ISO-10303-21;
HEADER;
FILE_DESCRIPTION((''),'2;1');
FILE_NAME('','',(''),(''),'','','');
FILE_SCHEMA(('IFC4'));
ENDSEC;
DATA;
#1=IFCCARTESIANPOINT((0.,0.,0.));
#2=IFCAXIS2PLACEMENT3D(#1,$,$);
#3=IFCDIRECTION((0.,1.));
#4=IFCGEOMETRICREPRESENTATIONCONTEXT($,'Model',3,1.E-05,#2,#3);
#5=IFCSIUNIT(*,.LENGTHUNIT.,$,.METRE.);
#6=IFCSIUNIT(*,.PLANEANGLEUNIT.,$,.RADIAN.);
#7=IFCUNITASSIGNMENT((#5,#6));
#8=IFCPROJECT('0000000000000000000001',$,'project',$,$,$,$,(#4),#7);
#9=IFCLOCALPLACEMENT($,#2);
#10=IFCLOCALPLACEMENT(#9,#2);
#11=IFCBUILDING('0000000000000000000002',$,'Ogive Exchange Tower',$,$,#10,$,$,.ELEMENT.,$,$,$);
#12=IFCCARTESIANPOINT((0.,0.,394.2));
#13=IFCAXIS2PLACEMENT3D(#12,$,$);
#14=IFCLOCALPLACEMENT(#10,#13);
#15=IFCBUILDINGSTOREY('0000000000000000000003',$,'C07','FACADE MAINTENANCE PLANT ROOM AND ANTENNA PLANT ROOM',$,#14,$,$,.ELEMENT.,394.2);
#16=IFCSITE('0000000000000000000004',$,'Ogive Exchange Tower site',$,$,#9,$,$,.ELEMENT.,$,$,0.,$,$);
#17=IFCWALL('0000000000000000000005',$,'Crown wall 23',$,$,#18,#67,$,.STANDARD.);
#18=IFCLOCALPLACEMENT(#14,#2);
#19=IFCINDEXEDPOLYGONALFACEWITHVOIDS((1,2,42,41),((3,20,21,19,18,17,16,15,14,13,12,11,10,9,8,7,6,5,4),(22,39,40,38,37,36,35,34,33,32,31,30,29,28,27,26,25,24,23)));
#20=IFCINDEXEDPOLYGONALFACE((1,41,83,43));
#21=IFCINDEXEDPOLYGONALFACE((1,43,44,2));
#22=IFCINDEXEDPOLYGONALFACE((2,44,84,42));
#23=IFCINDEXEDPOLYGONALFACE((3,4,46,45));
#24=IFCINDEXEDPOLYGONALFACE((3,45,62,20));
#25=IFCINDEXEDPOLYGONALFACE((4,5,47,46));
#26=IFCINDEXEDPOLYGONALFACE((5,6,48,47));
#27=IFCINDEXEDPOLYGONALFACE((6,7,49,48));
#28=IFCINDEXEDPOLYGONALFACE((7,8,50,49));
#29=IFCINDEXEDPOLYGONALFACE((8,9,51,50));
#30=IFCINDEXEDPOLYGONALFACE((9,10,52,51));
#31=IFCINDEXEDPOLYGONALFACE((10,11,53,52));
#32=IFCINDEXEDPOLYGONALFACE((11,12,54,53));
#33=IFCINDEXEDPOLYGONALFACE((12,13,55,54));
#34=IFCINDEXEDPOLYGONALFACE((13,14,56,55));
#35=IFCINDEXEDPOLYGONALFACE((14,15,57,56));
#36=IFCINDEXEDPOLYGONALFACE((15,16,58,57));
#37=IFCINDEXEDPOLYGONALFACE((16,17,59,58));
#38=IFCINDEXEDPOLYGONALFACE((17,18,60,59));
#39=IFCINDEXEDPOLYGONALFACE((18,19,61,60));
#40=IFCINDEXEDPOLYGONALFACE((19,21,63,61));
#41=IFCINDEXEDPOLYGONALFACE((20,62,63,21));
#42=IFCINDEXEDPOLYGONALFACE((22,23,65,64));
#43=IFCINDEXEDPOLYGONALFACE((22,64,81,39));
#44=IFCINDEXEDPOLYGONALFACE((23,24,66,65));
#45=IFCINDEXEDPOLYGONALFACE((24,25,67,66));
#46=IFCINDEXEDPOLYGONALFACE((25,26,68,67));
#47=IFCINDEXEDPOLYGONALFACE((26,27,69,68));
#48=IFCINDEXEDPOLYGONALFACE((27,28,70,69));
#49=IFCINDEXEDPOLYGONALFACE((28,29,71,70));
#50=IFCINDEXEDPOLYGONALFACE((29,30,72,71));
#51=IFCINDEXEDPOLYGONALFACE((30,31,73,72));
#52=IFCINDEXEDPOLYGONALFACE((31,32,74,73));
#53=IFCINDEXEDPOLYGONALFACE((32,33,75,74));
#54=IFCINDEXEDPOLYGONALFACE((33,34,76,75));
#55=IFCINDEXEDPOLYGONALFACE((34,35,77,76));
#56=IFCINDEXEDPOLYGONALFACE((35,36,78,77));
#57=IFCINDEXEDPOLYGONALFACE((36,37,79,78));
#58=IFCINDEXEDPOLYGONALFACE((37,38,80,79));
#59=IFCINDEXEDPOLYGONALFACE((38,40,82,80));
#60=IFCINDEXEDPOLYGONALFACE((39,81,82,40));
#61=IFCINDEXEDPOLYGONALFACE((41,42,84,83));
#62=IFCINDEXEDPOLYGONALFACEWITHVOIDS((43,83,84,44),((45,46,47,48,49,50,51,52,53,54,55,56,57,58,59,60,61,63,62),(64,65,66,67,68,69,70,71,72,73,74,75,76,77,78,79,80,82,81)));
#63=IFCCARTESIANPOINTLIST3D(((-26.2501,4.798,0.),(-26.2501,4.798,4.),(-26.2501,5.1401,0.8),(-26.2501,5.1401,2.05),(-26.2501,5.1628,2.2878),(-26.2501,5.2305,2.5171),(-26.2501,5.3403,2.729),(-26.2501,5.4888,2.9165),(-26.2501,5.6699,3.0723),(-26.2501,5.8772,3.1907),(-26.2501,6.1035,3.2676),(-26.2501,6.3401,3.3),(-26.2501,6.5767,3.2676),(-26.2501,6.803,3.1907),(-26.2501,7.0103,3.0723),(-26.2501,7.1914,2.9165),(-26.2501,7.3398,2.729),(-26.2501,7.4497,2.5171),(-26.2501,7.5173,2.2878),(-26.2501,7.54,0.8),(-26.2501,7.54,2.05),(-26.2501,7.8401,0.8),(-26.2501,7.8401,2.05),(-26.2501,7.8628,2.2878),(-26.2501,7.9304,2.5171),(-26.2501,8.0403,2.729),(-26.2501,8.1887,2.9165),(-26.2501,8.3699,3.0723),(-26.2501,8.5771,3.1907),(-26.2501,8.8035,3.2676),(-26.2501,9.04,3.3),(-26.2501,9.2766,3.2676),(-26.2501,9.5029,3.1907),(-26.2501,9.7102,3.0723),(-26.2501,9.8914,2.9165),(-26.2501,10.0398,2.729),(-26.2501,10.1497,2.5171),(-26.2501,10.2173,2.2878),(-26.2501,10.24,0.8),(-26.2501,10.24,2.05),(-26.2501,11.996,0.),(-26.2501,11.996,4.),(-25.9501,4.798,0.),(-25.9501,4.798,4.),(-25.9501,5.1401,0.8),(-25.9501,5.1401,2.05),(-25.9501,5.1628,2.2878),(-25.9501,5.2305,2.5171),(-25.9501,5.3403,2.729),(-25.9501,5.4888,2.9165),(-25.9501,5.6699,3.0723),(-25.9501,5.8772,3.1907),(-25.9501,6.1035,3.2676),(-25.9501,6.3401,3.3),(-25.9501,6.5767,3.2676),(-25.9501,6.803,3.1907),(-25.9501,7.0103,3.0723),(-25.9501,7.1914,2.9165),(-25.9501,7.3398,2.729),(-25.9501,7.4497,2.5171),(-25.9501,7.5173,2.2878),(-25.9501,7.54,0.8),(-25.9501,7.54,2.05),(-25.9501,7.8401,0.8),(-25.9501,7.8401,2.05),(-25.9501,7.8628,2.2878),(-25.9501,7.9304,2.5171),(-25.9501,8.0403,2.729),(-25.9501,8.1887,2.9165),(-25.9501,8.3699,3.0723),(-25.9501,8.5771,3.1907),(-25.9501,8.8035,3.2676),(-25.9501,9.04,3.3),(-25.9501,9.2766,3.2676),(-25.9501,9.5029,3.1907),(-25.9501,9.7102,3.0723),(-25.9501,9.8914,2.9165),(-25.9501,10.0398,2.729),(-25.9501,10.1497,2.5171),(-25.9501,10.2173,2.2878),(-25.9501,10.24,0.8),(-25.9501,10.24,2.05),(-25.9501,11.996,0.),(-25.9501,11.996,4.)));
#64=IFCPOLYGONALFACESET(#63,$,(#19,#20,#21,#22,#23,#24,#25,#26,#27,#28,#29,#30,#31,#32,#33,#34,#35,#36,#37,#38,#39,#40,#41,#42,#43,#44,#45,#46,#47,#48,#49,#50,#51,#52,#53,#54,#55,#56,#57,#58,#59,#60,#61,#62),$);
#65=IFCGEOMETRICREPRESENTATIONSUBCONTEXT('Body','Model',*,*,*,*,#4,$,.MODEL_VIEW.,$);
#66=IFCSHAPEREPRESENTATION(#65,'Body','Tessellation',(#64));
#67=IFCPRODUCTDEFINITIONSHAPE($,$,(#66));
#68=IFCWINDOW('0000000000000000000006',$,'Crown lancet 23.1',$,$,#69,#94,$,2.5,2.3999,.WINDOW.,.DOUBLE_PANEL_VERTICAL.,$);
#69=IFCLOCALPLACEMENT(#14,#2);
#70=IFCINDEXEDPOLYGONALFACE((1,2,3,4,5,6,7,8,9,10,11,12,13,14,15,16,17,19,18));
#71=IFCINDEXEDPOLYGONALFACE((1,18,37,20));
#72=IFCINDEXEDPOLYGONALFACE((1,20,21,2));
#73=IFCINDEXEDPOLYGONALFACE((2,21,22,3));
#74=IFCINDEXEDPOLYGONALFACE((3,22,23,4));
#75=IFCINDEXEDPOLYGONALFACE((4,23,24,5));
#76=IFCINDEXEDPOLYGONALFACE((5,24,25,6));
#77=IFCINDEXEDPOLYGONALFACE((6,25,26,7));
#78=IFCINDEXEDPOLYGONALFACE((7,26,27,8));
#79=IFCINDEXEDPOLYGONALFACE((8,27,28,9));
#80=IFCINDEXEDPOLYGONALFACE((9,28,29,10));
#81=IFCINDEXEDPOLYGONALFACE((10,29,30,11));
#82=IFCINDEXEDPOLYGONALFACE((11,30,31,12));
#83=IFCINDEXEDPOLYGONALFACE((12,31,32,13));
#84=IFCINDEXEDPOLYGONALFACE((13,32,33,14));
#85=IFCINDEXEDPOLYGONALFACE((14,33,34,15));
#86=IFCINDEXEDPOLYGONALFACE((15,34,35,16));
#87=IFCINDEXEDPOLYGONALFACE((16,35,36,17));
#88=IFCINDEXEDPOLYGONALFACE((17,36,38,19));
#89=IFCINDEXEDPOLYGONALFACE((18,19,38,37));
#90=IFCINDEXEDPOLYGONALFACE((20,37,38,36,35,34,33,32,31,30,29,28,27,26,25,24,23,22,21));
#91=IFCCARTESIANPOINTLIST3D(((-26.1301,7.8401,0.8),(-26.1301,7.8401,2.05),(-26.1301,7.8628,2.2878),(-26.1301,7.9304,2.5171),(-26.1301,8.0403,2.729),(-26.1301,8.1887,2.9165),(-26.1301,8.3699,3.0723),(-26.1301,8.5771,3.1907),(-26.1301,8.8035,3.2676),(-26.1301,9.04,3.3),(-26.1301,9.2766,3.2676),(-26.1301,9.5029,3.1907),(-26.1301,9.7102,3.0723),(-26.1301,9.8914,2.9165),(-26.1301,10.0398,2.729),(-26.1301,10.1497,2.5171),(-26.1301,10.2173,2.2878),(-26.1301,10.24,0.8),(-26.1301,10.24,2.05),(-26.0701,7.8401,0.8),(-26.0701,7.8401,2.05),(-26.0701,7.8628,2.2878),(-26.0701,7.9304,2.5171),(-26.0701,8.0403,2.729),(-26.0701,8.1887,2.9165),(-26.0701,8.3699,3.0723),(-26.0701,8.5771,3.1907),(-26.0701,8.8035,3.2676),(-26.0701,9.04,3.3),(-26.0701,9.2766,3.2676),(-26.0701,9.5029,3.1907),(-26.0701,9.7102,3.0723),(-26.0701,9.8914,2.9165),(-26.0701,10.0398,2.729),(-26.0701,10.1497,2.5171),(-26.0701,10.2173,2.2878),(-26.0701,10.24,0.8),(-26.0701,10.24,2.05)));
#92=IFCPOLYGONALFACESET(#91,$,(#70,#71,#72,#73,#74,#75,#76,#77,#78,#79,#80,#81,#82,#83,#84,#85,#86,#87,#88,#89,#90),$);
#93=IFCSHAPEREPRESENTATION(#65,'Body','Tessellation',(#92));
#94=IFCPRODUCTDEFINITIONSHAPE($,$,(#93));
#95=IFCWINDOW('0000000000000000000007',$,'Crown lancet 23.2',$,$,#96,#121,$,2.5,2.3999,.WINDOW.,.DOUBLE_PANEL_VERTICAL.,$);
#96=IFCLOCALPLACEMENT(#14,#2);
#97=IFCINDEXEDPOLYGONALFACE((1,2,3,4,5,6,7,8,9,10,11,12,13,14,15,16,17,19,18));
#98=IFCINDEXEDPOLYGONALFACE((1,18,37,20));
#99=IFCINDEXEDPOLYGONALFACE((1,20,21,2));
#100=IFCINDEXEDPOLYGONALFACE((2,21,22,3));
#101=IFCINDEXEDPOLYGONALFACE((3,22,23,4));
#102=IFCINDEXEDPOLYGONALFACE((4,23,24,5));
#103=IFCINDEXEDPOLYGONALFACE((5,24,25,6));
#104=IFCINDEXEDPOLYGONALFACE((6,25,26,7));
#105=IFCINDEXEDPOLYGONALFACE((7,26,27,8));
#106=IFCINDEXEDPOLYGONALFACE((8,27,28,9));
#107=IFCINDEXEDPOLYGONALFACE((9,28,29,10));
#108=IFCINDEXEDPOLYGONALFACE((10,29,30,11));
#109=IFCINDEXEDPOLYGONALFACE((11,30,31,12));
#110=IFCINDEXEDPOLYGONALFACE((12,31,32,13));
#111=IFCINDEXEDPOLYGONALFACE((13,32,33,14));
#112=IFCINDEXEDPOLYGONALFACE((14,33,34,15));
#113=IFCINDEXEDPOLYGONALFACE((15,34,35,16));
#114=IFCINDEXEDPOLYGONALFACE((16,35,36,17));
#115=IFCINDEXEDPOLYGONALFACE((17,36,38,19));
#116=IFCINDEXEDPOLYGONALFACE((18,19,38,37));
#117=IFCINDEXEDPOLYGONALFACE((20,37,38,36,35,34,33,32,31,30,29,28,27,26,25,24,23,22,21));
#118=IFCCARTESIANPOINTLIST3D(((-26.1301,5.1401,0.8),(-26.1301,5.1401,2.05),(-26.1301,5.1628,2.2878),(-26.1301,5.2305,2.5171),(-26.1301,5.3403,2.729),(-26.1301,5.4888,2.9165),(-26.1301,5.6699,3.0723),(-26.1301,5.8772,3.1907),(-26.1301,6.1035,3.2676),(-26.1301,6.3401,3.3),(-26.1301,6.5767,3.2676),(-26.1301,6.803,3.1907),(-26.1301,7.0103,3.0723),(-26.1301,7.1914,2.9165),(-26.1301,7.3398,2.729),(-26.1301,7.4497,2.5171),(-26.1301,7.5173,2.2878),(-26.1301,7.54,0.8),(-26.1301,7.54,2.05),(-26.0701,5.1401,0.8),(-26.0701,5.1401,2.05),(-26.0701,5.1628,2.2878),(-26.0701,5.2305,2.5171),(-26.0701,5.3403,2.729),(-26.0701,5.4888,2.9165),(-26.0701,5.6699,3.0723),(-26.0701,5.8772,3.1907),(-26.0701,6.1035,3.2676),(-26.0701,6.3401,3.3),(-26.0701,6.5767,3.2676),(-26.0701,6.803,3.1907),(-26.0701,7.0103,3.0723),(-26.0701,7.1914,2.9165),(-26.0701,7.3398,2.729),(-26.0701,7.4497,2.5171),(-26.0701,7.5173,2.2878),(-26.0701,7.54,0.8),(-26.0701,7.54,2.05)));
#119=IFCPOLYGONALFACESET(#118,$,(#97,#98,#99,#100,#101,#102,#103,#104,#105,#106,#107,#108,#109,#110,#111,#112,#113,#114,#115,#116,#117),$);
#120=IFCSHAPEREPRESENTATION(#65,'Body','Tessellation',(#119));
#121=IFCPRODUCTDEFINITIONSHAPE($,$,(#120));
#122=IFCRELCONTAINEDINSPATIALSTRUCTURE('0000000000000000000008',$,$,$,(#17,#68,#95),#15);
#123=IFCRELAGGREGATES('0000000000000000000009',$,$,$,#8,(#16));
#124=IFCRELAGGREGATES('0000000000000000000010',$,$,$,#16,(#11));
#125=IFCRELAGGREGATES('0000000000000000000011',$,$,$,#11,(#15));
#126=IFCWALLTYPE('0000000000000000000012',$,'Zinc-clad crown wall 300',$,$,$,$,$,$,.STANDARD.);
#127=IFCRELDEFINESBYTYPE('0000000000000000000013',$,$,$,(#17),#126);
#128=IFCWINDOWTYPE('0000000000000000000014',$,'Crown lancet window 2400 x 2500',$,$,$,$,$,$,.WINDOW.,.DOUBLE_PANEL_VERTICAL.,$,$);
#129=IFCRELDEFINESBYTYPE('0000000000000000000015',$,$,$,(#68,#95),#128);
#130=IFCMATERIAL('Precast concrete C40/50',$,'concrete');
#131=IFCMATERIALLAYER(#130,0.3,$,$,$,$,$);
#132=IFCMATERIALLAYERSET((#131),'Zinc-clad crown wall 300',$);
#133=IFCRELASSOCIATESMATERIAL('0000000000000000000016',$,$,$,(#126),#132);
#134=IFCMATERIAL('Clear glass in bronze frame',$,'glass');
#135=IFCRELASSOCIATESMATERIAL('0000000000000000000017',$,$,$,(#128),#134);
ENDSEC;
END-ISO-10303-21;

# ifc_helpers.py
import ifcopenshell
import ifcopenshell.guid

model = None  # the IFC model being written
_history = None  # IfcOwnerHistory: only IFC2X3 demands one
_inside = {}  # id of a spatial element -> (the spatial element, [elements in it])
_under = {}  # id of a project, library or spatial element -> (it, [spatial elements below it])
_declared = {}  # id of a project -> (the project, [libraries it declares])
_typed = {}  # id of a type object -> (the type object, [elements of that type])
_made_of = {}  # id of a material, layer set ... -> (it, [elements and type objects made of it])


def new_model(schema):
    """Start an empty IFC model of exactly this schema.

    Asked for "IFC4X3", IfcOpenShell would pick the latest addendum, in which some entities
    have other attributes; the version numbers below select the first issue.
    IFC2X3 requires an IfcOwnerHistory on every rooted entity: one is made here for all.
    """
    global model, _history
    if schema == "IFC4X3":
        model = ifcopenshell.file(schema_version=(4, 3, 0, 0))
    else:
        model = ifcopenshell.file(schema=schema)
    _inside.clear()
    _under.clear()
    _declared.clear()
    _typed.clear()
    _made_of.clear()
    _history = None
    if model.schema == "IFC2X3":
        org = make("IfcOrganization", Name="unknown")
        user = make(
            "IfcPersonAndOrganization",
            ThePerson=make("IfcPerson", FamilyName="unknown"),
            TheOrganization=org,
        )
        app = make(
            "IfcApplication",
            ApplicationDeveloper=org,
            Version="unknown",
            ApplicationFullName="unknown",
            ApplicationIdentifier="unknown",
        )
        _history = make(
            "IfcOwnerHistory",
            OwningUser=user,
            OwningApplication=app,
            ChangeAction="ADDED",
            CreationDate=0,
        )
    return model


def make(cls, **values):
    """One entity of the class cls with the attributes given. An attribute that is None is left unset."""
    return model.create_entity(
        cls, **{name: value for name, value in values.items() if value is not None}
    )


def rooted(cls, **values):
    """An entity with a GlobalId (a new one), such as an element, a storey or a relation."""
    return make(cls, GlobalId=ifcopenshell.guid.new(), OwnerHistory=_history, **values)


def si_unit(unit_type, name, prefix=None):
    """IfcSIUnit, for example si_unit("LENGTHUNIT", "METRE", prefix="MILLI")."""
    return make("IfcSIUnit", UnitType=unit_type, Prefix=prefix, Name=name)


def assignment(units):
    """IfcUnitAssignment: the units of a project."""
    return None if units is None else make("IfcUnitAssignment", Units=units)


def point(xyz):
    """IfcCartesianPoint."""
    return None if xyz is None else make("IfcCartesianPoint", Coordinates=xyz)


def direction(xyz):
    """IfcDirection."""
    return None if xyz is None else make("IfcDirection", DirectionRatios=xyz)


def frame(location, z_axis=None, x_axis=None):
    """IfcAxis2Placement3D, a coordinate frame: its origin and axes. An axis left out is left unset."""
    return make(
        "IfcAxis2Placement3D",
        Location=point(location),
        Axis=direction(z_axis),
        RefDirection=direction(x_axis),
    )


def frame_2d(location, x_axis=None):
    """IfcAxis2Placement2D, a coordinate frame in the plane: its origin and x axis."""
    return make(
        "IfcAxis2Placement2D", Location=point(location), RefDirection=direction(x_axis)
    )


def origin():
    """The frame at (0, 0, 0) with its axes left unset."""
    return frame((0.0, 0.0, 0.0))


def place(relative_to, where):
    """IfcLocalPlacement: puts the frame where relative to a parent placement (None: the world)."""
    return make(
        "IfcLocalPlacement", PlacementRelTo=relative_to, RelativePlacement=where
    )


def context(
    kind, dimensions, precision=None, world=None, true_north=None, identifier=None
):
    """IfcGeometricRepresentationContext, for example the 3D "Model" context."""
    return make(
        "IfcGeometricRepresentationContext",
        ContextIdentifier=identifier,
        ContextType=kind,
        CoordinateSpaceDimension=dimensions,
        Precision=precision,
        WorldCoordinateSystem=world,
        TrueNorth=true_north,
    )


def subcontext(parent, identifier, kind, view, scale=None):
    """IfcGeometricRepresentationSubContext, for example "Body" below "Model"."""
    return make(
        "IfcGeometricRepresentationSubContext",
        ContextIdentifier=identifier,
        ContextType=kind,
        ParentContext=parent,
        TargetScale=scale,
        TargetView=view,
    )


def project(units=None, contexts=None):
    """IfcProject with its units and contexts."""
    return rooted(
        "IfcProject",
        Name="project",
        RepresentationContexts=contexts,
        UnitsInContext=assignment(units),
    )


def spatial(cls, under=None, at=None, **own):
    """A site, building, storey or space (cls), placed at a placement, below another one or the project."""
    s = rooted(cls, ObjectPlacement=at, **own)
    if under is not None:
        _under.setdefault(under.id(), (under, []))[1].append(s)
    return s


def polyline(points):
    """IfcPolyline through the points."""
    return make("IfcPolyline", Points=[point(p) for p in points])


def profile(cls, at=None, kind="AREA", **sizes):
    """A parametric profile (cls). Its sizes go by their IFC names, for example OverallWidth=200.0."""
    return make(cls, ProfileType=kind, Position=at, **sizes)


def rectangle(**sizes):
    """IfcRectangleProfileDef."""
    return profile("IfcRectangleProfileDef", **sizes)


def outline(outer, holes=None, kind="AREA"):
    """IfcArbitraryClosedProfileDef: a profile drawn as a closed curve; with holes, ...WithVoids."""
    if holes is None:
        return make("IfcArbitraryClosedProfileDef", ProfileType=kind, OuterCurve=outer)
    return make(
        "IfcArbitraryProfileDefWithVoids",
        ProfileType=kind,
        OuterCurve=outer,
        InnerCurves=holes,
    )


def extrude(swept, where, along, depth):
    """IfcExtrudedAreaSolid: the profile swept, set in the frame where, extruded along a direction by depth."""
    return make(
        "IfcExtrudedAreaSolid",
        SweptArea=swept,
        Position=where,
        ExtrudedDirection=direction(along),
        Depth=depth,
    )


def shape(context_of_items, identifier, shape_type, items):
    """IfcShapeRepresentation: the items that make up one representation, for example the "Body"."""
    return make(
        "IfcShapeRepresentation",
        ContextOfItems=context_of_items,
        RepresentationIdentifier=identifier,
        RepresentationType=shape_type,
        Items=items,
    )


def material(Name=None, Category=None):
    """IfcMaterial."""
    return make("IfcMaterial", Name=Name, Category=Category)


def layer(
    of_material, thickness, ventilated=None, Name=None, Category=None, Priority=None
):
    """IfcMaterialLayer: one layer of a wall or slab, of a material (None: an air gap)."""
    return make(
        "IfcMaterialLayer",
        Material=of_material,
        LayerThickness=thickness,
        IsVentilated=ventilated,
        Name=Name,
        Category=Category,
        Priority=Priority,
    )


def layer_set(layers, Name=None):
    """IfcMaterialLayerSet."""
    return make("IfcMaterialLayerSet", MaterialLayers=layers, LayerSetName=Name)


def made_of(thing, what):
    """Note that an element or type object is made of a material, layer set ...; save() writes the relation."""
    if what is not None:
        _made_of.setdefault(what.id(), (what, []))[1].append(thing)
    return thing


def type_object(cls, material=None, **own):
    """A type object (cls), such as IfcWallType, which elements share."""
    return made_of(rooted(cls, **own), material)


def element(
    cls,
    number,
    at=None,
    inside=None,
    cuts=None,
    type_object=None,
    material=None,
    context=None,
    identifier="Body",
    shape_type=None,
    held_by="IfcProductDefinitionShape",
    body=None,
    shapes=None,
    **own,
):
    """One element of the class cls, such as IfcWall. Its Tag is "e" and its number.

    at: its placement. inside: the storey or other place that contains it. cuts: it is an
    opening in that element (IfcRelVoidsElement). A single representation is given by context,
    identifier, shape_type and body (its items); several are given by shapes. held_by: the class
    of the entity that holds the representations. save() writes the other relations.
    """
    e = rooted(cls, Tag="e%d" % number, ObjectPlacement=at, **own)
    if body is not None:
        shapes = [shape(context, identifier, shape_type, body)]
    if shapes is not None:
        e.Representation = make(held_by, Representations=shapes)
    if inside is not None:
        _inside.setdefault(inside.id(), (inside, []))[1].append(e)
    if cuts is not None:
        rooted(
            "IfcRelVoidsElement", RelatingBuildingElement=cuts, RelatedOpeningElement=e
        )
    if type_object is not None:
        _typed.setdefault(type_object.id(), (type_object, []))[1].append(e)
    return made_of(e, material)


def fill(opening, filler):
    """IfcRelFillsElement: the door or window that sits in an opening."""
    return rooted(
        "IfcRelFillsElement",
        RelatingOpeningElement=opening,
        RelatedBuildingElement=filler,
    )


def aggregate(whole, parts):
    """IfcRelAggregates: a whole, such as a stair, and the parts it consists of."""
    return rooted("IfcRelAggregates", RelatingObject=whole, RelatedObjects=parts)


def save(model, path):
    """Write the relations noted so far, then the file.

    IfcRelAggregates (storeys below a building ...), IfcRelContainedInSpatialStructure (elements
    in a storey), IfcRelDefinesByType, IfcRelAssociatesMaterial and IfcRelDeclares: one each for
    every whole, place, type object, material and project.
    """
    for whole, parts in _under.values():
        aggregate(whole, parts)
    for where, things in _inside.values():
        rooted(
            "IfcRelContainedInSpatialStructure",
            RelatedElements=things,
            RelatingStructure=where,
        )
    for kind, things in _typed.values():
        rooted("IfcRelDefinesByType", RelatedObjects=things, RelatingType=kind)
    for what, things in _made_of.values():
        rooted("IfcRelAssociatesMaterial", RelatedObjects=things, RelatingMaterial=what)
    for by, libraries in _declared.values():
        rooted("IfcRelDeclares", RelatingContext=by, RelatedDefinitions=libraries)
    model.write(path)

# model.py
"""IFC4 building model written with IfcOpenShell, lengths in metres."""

from ifc_helpers import new_model, si_unit, direction, frame, frame_2d, origin, place, context, subcontext, project, spatial, polyline, rectangle, outline, extrude, material, layer, layer_set, type_object, element, fill, save


model = new_model("IFC4")

# Units and contexts
model_context = context("Model", 3, precision=1e-05, world=origin(), true_north=direction((0.0, 1.0)))
body_context = subcontext(model_context, "Body", "Model", "MODEL_VIEW")
ifc_project = project(units=[si_unit("LENGTHUNIT", "METRE"), si_unit("PLANEANGLEUNIT", "RADIAN")], contexts=[model_context])

# Site, building, storey
site_placement = place(None, origin())
site = spatial("IfcSite", under=ifc_project, at=site_placement, Name="Ogive Exchange Tower site", CompositionType="ELEMENT", RefElevation=0.0)
building_placement = place(site_placement, origin())
building = spatial("IfcBuilding", under=site, at=building_placement, Name="Ogive Exchange Tower", CompositionType="ELEMENT")
storey_placement = place(building_placement, frame((0.0, 0.0, 394.2)))
storey = spatial("IfcBuildingStorey", under=building, at=storey_placement, Name="C07", Description="FACADE MAINTENANCE PLANT ROOM AND ANTENNA PLANT ROOM", CompositionType="ELEMENT", Elevation=394.2)

# Shared definitions
ifc_material_1 = material(Name="Precast concrete C40/50", Category="concrete")
ifc_layer = layer(ifc_material_1, 0.3)
ifc_layer_set = layer_set([ifc_layer], Name="Zinc-clad crown wall 300")
wall_type = type_object("IfcWallType", Name="Zinc-clad crown wall 300", PredefinedType="STANDARD", material=ifc_layer_set)
ifc_material_2 = material(Name="Clear glass in bronze frame", Category="glass")
window_type_1 = type_object("IfcWindowType", Name="Crown lancet window 2400 x 2500", PartitioningType="DOUBLE_PANEL_VERTICAL", PredefinedType="WINDOW", material=ifc_material_2)

# Wall, openings, windows
wall_1_placement = place(storey_placement, frame((-26.1001, 11.9961, 0.0), z_axis=(0.0, 0.0, 1.0), x_axis=(0.0, -1.0, 0.0)))
wall_1 = element("IfcWall", 1, at=wall_1_placement, inside=storey, type_object=wall_type, Name="Crown wall 23", PredefinedType="STANDARD", context=body_context, shape_type="SweptSolid", body=[
    extrude(rectangle(XDim=7.198, YDim=0.3, at=frame_2d((3.5991, 0.0))), origin(), (0.0, 0.0, 1.0), 4.0),
])
opening_1_placement = place(wall_1_placement, frame((1.7561, 0.0, 0.8)))
opening_1 = element("IfcOpeningElement", 2, at=opening_1_placement, cuts=wall_1, PredefinedType="OPENING", context=body_context, shape_type="SweptSolid", body=[
    extrude(outline(polyline([(0.0, 0.0), (2.3999, 0.0), (2.3999, 1.25), (2.3772, 1.4878), (2.3096, 1.717), (2.1997, 1.929), (2.0513, 2.1165), (1.8701, 2.2722), (1.6628, 2.3906), (1.4365, 2.4675), (1.2, 2.5), (0.9634, 2.4675), (0.7371, 2.3906), (0.5298, 2.2722), (0.3486, 2.1165), (0.2002, 1.929), (0.0903, 1.717), (0.0227, 1.4878), (0.0, 1.25), (0.0, 0.0)])), frame((0.0, 0.1599, 0.0), z_axis=(0.0, -1.0, 0.0), x_axis=(1.0, 0.0, 0.0)), (0.0, 0.0, 1.0), 0.3201),
])
opening_2_placement = place(wall_1_placement, frame((4.4561, 0.0, 0.8)))
opening_2 = element("IfcOpeningElement", 3, at=opening_2_placement, cuts=wall_1, PredefinedType="OPENING", context=body_context, shape_type="SweptSolid", body=[
    extrude(outline(polyline([(0.0, 0.0), (2.3999, 0.0), (2.3999, 1.25), (2.3772, 1.4878), (2.3096, 1.717), (2.1997, 1.929), (2.0513, 2.1165), (1.8701, 2.2722), (1.6628, 2.3906), (1.4365, 2.4675), (1.2, 2.5), (0.9634, 2.4675), (0.7371, 2.3906), (0.5298, 2.2722), (0.3486, 2.1165), (0.2002, 1.929), (0.0903, 1.717), (0.0227, 1.4878), (0.0, 1.25), (0.0, 0.0)])), frame((0.0, 0.1599, 0.0), z_axis=(0.0, -1.0, 0.0), x_axis=(1.0, 0.0, 0.0)), (0.0, 0.0, 1.0), 0.3201),
])
window_1_placement = place(opening_1_placement, origin())
window_1 = element("IfcWindow", 4, at=window_1_placement, inside=storey, type_object=window_type_1, Name="Crown lancet 23.1", OverallHeight=2.5, OverallWidth=2.3999, PartitioningType="DOUBLE_PANEL_VERTICAL", PredefinedType="WINDOW", context=body_context, shape_type="SweptSolid", body=[
    extrude(outline(polyline([(0.0, 0.0), (2.3999, 0.0), (2.3999, 1.25), (2.3772, 1.4878), (2.3096, 1.717), (2.1997, 1.929), (2.0513, 2.1165), (1.8701, 2.2722), (1.6628, 2.3906), (1.4365, 2.4675), (1.2, 2.5), (0.9634, 2.4675), (0.7371, 2.3906), (0.5298, 2.2722), (0.3486, 2.1165), (0.2002, 1.929), (0.0903, 1.717), (0.0227, 1.4878), (0.0, 1.25), (0.0, 0.0)])), frame((0.0, 0.03, 0.0), z_axis=(0.0, -1.0, 0.0), x_axis=(1.0, 0.0, 0.0)), (0.0, 0.0, 1.0), 0.0601),
])
fill(opening_1, window_1)
window_2_placement = place(opening_2_placement, origin())
window_2 = element("IfcWindow", 5, at=window_2_placement, inside=storey, type_object=window_type_1, Name="Crown lancet 23.2", OverallHeight=2.5, OverallWidth=2.3999, PartitioningType="DOUBLE_PANEL_VERTICAL", PredefinedType="WINDOW", context=body_context, shape_type="SweptSolid", body=[
    extrude(outline(polyline([(0.0, 0.0), (2.3999, 0.0), (2.3999, 1.25), (2.3772, 1.4878), (2.3096, 1.717), (2.1997, 1.929), (2.0513, 2.1165), (1.8701, 2.2722), (1.6628, 2.3906), (1.4365, 2.4675), (1.2, 2.5), (0.9634, 2.4675), (0.7371, 2.3906), (0.5298, 2.2722), (0.3486, 2.1165), (0.2002, 1.929), (0.0903, 1.717), (0.0227, 1.4878), (0.0, 1.25), (0.0, 0.0)])), frame((0.0, 0.03, 0.0), z_axis=(0.0, -1.0, 0.0), x_axis=(1.0, 0.0, 0.0)), (0.0, 0.0, 1.0), 0.0601),
])
fill(opening_2, window_2)

save(model, "model.ifc")
